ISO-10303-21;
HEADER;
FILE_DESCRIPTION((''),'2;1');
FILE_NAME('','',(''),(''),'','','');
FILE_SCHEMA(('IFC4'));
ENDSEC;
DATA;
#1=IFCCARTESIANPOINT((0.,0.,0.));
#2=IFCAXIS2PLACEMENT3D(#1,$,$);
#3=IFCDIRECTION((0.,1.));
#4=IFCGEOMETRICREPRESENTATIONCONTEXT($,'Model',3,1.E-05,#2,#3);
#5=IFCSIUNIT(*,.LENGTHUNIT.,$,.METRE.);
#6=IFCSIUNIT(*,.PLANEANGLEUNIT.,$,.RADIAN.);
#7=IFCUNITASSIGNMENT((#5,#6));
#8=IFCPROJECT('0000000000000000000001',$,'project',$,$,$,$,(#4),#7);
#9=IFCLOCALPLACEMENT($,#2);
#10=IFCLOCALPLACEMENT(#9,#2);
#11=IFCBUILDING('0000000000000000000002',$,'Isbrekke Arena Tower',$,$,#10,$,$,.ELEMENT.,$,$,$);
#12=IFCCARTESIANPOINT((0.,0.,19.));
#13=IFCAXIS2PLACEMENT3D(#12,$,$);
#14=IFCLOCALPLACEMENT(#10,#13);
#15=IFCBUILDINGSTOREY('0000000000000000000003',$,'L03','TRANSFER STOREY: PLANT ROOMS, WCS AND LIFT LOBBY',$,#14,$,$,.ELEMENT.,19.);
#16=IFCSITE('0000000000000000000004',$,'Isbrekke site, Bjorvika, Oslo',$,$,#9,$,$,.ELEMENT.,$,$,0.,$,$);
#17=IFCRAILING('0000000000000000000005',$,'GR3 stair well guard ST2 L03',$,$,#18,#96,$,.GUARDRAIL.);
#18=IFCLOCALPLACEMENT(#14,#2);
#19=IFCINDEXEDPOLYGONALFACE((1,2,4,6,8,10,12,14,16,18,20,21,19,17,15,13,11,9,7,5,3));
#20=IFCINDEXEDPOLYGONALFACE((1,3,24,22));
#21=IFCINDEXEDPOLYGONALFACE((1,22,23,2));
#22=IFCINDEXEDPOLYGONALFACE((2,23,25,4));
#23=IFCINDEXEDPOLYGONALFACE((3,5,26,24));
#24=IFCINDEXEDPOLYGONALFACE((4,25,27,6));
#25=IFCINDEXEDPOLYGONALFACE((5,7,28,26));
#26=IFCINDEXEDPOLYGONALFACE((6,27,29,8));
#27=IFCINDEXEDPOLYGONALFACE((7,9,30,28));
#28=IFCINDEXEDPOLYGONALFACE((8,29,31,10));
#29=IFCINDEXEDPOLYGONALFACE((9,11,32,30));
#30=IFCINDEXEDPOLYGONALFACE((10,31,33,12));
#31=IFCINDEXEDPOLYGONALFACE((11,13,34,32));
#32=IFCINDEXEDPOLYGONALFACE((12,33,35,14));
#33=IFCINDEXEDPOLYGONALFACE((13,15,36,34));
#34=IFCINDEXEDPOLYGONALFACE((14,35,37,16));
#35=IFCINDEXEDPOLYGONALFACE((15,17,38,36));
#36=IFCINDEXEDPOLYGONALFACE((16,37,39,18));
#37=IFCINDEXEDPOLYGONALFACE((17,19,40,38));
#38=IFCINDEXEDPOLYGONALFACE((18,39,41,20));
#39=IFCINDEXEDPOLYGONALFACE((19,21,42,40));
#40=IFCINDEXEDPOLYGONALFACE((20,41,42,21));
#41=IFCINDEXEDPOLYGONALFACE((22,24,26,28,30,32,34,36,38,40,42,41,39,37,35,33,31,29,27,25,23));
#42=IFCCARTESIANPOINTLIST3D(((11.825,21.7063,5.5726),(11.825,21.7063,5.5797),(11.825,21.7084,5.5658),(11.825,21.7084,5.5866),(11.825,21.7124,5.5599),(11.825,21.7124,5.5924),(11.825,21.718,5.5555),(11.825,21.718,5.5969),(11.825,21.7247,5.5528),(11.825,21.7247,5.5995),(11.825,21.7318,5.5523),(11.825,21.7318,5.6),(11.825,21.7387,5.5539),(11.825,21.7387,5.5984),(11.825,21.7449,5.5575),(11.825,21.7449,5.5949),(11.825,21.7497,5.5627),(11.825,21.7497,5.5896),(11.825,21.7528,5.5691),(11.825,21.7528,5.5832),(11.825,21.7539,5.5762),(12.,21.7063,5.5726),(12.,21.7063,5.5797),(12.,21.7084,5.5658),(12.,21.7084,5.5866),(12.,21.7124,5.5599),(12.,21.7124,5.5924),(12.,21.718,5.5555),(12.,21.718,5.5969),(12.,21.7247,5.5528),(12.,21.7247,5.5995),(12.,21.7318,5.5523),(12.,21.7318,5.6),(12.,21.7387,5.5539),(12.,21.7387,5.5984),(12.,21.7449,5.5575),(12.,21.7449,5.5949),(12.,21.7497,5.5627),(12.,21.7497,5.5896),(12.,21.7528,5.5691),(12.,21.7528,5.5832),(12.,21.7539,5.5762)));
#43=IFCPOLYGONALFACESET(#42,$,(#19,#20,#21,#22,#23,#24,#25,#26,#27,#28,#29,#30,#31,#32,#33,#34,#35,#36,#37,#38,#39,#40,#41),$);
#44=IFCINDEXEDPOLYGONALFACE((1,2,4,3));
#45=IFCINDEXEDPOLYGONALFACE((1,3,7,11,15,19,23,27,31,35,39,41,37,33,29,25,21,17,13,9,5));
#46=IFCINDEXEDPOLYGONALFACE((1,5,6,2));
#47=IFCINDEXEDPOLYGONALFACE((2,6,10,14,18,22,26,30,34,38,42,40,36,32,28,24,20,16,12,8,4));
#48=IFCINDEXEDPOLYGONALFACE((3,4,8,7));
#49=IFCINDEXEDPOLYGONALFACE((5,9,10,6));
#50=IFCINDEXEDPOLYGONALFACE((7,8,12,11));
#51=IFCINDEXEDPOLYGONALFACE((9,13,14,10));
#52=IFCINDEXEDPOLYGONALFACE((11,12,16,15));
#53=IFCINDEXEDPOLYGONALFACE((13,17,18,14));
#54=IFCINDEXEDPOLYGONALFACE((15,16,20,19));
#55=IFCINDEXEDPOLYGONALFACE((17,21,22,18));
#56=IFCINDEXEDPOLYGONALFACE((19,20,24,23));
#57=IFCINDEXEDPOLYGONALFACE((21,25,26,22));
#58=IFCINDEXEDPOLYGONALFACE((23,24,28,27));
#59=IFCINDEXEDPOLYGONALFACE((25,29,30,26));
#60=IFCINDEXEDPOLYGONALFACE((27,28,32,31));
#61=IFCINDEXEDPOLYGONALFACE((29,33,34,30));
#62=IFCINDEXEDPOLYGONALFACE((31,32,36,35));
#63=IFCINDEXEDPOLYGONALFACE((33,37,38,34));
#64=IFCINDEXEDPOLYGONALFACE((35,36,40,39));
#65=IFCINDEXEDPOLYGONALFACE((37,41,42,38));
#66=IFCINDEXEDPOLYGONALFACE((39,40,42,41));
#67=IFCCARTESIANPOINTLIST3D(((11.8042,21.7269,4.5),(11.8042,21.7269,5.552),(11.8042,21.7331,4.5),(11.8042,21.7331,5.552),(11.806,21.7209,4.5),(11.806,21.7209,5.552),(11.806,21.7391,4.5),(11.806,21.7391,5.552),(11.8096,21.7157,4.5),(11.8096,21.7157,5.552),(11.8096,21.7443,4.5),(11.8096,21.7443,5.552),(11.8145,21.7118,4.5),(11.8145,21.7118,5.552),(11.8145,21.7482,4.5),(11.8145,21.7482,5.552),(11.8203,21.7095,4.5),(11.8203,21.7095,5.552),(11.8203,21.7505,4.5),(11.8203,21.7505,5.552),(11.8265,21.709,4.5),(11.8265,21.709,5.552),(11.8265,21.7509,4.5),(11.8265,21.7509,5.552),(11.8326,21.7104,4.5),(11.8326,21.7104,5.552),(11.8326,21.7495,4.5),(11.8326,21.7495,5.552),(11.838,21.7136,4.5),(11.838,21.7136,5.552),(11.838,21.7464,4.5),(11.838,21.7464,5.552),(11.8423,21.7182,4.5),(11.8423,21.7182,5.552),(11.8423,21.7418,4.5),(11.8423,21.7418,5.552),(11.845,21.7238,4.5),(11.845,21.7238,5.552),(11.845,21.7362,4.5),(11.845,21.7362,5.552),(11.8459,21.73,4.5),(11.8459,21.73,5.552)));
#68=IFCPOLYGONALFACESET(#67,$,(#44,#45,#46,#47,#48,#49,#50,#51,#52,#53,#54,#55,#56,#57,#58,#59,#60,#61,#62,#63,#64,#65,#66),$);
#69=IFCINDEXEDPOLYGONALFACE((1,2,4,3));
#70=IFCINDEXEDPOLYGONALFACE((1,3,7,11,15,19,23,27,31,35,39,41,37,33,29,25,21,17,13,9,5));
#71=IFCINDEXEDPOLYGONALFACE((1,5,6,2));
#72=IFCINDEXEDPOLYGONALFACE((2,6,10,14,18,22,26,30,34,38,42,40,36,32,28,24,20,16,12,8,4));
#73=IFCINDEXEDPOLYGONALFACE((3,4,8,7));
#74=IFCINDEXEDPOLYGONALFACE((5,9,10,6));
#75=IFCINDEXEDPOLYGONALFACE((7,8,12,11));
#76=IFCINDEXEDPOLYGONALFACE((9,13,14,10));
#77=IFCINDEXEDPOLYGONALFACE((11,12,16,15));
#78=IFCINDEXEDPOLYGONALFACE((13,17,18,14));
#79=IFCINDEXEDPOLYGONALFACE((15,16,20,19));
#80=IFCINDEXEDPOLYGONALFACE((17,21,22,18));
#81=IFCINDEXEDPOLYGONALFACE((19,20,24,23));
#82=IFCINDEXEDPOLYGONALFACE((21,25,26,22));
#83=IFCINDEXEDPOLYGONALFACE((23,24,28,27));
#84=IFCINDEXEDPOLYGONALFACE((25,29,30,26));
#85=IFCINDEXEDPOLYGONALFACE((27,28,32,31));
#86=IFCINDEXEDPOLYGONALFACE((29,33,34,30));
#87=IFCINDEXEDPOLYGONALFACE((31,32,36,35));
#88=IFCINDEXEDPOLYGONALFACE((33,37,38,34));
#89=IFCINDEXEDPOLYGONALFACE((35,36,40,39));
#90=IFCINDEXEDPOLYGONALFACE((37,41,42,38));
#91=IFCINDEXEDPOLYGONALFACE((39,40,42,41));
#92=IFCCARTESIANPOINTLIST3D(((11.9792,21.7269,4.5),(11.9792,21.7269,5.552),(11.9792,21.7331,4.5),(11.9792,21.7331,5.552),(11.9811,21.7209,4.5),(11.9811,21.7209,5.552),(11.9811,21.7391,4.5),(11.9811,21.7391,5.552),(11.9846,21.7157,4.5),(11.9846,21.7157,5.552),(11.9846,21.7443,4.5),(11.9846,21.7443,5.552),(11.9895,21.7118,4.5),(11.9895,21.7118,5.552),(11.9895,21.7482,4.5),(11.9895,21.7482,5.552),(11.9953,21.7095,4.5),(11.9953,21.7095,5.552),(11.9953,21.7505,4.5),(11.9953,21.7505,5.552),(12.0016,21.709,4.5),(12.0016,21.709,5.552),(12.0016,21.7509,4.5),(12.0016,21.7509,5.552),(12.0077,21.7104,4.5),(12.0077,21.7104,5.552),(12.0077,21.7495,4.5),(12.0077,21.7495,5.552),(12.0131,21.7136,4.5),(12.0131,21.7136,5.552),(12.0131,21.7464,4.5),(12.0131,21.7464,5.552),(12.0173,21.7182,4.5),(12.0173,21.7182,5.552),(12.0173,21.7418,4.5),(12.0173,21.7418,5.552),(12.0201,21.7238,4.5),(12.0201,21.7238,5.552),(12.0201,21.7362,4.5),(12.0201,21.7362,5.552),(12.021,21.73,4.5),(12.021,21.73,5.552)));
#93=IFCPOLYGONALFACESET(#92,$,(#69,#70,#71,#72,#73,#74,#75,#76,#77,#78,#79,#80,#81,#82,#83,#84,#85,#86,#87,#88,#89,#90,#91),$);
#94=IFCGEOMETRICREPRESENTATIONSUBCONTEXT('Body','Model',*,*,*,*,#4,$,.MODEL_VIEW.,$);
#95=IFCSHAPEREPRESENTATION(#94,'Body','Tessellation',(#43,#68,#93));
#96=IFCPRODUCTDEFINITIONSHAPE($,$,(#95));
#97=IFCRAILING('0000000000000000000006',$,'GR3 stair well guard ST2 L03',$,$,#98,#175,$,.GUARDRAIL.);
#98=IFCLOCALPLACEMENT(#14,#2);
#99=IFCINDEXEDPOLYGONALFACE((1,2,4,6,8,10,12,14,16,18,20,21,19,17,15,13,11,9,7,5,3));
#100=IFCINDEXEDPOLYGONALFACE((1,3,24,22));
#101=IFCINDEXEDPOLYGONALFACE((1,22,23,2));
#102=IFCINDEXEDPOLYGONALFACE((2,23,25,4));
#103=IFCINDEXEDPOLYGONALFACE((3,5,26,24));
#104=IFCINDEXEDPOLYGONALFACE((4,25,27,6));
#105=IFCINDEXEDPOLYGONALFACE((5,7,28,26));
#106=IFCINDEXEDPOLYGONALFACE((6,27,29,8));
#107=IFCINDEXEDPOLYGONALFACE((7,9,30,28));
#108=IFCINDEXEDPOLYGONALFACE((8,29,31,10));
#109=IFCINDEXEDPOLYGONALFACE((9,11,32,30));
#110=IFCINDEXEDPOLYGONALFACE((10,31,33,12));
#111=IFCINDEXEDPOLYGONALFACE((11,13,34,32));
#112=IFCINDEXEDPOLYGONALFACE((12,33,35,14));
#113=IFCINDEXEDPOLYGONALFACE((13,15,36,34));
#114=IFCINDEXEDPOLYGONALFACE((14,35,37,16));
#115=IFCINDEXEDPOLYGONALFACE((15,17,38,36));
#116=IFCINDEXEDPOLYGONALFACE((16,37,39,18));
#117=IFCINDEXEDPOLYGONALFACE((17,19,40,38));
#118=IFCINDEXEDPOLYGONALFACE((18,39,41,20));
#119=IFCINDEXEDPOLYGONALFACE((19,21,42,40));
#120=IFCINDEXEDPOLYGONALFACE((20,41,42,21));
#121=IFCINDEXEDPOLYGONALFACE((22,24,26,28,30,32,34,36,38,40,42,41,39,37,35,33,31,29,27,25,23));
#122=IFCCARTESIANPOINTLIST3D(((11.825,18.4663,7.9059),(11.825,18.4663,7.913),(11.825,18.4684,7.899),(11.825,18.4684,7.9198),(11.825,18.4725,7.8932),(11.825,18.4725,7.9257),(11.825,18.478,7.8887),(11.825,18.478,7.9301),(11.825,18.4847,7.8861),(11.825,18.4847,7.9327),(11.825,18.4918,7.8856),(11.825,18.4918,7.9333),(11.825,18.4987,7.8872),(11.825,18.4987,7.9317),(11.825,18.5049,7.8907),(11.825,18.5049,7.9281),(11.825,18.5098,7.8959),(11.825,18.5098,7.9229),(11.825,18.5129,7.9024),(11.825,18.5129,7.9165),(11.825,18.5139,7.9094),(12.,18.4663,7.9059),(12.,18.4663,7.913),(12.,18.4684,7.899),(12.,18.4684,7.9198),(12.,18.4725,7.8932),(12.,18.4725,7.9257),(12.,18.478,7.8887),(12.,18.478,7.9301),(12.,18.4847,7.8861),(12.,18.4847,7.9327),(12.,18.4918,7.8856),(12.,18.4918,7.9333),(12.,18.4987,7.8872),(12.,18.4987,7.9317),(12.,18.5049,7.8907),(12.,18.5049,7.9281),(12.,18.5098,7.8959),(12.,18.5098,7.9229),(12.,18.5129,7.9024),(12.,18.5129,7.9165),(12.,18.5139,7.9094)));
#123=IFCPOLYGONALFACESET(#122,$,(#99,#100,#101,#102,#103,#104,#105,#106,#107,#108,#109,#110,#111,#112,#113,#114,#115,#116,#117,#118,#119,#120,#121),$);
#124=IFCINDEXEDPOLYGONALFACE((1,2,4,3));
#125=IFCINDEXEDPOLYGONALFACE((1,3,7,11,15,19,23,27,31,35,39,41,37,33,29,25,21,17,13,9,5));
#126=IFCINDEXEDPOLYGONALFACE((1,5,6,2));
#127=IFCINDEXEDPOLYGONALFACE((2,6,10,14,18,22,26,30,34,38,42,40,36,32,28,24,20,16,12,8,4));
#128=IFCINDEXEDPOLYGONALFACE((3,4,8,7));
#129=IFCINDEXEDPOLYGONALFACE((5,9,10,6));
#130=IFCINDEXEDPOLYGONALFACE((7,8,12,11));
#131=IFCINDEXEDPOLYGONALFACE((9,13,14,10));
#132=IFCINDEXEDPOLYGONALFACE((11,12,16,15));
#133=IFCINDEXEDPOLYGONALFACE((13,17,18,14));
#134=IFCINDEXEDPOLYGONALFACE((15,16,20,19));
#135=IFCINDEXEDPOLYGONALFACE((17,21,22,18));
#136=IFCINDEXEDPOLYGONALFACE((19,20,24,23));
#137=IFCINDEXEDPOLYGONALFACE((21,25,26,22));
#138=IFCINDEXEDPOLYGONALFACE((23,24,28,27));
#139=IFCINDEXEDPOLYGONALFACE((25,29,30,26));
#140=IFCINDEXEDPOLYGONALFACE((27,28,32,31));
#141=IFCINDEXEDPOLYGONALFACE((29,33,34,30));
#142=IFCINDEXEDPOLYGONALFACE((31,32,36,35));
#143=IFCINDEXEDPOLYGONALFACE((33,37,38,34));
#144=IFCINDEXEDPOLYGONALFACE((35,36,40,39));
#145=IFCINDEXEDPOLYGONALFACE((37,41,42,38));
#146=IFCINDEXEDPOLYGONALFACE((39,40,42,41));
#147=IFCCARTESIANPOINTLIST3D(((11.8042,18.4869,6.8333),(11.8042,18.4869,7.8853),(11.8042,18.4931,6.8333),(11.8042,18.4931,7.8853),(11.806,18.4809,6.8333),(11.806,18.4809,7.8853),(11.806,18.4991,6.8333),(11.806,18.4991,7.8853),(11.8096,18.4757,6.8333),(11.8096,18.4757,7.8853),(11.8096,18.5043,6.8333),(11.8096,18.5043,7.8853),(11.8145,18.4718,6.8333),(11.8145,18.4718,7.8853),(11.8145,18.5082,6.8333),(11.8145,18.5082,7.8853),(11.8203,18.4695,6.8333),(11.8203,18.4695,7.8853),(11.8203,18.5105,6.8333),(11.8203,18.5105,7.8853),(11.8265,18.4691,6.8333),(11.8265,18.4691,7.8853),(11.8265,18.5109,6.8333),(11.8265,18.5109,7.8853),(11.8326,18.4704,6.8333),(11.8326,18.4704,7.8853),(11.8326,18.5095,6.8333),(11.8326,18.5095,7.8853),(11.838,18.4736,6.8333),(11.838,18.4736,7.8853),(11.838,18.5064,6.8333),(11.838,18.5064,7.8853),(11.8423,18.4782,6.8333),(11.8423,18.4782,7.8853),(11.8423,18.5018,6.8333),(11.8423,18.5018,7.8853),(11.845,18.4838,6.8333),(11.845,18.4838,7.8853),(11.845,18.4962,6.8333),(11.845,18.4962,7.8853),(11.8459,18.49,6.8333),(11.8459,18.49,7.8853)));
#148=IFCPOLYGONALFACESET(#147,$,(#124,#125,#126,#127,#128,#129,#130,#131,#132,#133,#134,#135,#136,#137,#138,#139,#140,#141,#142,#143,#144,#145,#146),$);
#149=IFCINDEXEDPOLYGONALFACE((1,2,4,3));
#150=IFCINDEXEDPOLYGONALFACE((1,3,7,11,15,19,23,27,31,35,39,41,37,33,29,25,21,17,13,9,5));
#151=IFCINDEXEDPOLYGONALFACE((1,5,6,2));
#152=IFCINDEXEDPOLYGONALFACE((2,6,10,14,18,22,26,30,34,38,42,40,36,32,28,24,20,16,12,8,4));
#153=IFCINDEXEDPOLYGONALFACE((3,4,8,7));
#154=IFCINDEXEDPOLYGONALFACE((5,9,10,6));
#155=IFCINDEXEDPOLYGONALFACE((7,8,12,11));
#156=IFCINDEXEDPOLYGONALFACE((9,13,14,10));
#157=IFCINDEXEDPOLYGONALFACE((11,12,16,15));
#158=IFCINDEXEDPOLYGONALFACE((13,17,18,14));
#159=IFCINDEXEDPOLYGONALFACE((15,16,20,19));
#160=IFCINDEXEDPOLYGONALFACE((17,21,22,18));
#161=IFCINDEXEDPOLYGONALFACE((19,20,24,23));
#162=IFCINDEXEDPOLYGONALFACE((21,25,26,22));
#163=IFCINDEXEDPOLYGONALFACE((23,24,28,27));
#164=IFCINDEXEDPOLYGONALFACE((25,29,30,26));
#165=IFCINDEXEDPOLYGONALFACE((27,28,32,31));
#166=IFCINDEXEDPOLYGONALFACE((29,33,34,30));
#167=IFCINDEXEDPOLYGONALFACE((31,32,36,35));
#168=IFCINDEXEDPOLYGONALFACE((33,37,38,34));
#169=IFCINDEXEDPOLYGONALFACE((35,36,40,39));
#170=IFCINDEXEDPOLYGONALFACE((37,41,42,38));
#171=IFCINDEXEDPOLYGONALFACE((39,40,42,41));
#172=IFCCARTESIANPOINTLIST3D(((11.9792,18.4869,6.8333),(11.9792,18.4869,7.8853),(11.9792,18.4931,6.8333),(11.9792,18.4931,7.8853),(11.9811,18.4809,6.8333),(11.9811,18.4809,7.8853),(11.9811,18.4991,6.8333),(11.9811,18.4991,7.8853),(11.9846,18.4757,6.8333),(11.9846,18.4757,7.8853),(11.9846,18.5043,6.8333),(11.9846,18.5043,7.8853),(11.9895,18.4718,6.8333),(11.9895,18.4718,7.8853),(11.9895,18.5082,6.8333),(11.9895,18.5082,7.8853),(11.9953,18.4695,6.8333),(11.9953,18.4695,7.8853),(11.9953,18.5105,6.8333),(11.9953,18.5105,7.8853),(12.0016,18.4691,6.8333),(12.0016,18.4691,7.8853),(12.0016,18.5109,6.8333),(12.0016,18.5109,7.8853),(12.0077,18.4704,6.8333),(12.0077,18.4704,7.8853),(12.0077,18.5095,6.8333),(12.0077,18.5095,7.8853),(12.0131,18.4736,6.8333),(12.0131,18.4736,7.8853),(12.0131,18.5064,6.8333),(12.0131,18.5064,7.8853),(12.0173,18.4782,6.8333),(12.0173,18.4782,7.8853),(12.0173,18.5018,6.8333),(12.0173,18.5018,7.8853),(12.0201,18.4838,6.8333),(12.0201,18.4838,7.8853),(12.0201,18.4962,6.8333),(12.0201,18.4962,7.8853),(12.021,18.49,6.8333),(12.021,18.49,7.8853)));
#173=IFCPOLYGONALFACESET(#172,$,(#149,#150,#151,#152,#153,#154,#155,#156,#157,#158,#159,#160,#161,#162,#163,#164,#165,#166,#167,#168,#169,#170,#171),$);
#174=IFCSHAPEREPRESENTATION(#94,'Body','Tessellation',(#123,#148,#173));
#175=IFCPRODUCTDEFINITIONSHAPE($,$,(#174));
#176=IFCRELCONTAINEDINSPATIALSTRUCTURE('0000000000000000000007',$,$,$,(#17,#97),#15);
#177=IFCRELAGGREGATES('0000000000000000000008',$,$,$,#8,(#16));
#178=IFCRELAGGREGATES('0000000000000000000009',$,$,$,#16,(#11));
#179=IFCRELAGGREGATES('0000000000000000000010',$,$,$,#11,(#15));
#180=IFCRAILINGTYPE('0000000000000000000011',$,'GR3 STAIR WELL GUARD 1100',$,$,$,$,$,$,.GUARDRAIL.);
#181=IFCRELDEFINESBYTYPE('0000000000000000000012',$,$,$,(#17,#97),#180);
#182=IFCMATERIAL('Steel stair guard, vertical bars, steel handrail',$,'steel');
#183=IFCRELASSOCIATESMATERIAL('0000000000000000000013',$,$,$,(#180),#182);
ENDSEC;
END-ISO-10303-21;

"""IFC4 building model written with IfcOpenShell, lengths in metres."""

from ifc_helpers import new_model, si_unit, direction, frame, origin, origin_2d, place, context, subcontext, project, spatial, circle, extrude, material, type_object, element, save


model = new_model("IFC4")

# Units and contexts
model_context = context("Model", 3, precision=1e-05, world=origin(), true_north=direction((0.0, 1.0)))
body_context = subcontext(model_context, "Body", "Model", "MODEL_VIEW")
ifc_project = project(units=[si_unit("LENGTHUNIT", "METRE"), si_unit("PLANEANGLEUNIT", "RADIAN")], contexts=[model_context])

# Site, building, storey
site_placement = place(None, origin())
site = spatial("IfcSite", under=ifc_project, at=site_placement, Name="Isbrekke site, Bjorvika, Oslo", CompositionType="ELEMENT", RefElevation=0.0)
building_placement = place(site_placement, origin())
building = spatial("IfcBuilding", under=site, at=building_placement, Name="Isbrekke Arena Tower", CompositionType="ELEMENT")
storey_placement = place(building_placement, frame((0.0, 0.0, 19.0)))
storey = spatial("IfcBuildingStorey", under=building, at=storey_placement, Name="L03", Description="TRANSFER STOREY: PLANT ROOMS, WCS AND LIFT LOBBY", CompositionType="ELEMENT", Elevation=19.0)

# Railings
ifc_material_1 = material(Name="Steel stair guard, vertical bars, steel handrail", Category="steel")
railing_type = type_object("IfcRailingType", Name="GR3 STAIR WELL GUARD 1100", PredefinedType="GUARDRAIL", material=ifc_material_1)
for number, where, name in (
    (1, (11.825, 21.73, 4.5), "GR3 stair well guard ST2 L03"),
    (2, (11.825, 18.49, 6.8333), "GR3 stair well guard ST2 L03"),
):
    element("IfcRailing", number, at=place(storey_placement, frame(where)), inside=storey, type_object=railing_type, Name=name, PredefinedType="GUARDRAIL", context=body_context, shape_type="SweptSolid", body=[
        extrude(circle(Radius=0.0239, at=origin_2d()), frame((0.0, 0.0, 1.0762), z_axis=(1.0, 0.0, 0.0), x_axis=(0.0, 1.0, 0.0)), (0.0, 0.0, 1.0), 0.175),
        extrude(circle(Radius=0.021, at=origin_2d()), origin(), (0.0, 0.0, 1.0), 1.052),
        extrude(circle(Radius=0.021, at=origin_2d()), frame((0.175, 0.0, 0.0)), (0.0, 0.0, 1.0), 1.052),
    ])

save(model, "model.ifc")
